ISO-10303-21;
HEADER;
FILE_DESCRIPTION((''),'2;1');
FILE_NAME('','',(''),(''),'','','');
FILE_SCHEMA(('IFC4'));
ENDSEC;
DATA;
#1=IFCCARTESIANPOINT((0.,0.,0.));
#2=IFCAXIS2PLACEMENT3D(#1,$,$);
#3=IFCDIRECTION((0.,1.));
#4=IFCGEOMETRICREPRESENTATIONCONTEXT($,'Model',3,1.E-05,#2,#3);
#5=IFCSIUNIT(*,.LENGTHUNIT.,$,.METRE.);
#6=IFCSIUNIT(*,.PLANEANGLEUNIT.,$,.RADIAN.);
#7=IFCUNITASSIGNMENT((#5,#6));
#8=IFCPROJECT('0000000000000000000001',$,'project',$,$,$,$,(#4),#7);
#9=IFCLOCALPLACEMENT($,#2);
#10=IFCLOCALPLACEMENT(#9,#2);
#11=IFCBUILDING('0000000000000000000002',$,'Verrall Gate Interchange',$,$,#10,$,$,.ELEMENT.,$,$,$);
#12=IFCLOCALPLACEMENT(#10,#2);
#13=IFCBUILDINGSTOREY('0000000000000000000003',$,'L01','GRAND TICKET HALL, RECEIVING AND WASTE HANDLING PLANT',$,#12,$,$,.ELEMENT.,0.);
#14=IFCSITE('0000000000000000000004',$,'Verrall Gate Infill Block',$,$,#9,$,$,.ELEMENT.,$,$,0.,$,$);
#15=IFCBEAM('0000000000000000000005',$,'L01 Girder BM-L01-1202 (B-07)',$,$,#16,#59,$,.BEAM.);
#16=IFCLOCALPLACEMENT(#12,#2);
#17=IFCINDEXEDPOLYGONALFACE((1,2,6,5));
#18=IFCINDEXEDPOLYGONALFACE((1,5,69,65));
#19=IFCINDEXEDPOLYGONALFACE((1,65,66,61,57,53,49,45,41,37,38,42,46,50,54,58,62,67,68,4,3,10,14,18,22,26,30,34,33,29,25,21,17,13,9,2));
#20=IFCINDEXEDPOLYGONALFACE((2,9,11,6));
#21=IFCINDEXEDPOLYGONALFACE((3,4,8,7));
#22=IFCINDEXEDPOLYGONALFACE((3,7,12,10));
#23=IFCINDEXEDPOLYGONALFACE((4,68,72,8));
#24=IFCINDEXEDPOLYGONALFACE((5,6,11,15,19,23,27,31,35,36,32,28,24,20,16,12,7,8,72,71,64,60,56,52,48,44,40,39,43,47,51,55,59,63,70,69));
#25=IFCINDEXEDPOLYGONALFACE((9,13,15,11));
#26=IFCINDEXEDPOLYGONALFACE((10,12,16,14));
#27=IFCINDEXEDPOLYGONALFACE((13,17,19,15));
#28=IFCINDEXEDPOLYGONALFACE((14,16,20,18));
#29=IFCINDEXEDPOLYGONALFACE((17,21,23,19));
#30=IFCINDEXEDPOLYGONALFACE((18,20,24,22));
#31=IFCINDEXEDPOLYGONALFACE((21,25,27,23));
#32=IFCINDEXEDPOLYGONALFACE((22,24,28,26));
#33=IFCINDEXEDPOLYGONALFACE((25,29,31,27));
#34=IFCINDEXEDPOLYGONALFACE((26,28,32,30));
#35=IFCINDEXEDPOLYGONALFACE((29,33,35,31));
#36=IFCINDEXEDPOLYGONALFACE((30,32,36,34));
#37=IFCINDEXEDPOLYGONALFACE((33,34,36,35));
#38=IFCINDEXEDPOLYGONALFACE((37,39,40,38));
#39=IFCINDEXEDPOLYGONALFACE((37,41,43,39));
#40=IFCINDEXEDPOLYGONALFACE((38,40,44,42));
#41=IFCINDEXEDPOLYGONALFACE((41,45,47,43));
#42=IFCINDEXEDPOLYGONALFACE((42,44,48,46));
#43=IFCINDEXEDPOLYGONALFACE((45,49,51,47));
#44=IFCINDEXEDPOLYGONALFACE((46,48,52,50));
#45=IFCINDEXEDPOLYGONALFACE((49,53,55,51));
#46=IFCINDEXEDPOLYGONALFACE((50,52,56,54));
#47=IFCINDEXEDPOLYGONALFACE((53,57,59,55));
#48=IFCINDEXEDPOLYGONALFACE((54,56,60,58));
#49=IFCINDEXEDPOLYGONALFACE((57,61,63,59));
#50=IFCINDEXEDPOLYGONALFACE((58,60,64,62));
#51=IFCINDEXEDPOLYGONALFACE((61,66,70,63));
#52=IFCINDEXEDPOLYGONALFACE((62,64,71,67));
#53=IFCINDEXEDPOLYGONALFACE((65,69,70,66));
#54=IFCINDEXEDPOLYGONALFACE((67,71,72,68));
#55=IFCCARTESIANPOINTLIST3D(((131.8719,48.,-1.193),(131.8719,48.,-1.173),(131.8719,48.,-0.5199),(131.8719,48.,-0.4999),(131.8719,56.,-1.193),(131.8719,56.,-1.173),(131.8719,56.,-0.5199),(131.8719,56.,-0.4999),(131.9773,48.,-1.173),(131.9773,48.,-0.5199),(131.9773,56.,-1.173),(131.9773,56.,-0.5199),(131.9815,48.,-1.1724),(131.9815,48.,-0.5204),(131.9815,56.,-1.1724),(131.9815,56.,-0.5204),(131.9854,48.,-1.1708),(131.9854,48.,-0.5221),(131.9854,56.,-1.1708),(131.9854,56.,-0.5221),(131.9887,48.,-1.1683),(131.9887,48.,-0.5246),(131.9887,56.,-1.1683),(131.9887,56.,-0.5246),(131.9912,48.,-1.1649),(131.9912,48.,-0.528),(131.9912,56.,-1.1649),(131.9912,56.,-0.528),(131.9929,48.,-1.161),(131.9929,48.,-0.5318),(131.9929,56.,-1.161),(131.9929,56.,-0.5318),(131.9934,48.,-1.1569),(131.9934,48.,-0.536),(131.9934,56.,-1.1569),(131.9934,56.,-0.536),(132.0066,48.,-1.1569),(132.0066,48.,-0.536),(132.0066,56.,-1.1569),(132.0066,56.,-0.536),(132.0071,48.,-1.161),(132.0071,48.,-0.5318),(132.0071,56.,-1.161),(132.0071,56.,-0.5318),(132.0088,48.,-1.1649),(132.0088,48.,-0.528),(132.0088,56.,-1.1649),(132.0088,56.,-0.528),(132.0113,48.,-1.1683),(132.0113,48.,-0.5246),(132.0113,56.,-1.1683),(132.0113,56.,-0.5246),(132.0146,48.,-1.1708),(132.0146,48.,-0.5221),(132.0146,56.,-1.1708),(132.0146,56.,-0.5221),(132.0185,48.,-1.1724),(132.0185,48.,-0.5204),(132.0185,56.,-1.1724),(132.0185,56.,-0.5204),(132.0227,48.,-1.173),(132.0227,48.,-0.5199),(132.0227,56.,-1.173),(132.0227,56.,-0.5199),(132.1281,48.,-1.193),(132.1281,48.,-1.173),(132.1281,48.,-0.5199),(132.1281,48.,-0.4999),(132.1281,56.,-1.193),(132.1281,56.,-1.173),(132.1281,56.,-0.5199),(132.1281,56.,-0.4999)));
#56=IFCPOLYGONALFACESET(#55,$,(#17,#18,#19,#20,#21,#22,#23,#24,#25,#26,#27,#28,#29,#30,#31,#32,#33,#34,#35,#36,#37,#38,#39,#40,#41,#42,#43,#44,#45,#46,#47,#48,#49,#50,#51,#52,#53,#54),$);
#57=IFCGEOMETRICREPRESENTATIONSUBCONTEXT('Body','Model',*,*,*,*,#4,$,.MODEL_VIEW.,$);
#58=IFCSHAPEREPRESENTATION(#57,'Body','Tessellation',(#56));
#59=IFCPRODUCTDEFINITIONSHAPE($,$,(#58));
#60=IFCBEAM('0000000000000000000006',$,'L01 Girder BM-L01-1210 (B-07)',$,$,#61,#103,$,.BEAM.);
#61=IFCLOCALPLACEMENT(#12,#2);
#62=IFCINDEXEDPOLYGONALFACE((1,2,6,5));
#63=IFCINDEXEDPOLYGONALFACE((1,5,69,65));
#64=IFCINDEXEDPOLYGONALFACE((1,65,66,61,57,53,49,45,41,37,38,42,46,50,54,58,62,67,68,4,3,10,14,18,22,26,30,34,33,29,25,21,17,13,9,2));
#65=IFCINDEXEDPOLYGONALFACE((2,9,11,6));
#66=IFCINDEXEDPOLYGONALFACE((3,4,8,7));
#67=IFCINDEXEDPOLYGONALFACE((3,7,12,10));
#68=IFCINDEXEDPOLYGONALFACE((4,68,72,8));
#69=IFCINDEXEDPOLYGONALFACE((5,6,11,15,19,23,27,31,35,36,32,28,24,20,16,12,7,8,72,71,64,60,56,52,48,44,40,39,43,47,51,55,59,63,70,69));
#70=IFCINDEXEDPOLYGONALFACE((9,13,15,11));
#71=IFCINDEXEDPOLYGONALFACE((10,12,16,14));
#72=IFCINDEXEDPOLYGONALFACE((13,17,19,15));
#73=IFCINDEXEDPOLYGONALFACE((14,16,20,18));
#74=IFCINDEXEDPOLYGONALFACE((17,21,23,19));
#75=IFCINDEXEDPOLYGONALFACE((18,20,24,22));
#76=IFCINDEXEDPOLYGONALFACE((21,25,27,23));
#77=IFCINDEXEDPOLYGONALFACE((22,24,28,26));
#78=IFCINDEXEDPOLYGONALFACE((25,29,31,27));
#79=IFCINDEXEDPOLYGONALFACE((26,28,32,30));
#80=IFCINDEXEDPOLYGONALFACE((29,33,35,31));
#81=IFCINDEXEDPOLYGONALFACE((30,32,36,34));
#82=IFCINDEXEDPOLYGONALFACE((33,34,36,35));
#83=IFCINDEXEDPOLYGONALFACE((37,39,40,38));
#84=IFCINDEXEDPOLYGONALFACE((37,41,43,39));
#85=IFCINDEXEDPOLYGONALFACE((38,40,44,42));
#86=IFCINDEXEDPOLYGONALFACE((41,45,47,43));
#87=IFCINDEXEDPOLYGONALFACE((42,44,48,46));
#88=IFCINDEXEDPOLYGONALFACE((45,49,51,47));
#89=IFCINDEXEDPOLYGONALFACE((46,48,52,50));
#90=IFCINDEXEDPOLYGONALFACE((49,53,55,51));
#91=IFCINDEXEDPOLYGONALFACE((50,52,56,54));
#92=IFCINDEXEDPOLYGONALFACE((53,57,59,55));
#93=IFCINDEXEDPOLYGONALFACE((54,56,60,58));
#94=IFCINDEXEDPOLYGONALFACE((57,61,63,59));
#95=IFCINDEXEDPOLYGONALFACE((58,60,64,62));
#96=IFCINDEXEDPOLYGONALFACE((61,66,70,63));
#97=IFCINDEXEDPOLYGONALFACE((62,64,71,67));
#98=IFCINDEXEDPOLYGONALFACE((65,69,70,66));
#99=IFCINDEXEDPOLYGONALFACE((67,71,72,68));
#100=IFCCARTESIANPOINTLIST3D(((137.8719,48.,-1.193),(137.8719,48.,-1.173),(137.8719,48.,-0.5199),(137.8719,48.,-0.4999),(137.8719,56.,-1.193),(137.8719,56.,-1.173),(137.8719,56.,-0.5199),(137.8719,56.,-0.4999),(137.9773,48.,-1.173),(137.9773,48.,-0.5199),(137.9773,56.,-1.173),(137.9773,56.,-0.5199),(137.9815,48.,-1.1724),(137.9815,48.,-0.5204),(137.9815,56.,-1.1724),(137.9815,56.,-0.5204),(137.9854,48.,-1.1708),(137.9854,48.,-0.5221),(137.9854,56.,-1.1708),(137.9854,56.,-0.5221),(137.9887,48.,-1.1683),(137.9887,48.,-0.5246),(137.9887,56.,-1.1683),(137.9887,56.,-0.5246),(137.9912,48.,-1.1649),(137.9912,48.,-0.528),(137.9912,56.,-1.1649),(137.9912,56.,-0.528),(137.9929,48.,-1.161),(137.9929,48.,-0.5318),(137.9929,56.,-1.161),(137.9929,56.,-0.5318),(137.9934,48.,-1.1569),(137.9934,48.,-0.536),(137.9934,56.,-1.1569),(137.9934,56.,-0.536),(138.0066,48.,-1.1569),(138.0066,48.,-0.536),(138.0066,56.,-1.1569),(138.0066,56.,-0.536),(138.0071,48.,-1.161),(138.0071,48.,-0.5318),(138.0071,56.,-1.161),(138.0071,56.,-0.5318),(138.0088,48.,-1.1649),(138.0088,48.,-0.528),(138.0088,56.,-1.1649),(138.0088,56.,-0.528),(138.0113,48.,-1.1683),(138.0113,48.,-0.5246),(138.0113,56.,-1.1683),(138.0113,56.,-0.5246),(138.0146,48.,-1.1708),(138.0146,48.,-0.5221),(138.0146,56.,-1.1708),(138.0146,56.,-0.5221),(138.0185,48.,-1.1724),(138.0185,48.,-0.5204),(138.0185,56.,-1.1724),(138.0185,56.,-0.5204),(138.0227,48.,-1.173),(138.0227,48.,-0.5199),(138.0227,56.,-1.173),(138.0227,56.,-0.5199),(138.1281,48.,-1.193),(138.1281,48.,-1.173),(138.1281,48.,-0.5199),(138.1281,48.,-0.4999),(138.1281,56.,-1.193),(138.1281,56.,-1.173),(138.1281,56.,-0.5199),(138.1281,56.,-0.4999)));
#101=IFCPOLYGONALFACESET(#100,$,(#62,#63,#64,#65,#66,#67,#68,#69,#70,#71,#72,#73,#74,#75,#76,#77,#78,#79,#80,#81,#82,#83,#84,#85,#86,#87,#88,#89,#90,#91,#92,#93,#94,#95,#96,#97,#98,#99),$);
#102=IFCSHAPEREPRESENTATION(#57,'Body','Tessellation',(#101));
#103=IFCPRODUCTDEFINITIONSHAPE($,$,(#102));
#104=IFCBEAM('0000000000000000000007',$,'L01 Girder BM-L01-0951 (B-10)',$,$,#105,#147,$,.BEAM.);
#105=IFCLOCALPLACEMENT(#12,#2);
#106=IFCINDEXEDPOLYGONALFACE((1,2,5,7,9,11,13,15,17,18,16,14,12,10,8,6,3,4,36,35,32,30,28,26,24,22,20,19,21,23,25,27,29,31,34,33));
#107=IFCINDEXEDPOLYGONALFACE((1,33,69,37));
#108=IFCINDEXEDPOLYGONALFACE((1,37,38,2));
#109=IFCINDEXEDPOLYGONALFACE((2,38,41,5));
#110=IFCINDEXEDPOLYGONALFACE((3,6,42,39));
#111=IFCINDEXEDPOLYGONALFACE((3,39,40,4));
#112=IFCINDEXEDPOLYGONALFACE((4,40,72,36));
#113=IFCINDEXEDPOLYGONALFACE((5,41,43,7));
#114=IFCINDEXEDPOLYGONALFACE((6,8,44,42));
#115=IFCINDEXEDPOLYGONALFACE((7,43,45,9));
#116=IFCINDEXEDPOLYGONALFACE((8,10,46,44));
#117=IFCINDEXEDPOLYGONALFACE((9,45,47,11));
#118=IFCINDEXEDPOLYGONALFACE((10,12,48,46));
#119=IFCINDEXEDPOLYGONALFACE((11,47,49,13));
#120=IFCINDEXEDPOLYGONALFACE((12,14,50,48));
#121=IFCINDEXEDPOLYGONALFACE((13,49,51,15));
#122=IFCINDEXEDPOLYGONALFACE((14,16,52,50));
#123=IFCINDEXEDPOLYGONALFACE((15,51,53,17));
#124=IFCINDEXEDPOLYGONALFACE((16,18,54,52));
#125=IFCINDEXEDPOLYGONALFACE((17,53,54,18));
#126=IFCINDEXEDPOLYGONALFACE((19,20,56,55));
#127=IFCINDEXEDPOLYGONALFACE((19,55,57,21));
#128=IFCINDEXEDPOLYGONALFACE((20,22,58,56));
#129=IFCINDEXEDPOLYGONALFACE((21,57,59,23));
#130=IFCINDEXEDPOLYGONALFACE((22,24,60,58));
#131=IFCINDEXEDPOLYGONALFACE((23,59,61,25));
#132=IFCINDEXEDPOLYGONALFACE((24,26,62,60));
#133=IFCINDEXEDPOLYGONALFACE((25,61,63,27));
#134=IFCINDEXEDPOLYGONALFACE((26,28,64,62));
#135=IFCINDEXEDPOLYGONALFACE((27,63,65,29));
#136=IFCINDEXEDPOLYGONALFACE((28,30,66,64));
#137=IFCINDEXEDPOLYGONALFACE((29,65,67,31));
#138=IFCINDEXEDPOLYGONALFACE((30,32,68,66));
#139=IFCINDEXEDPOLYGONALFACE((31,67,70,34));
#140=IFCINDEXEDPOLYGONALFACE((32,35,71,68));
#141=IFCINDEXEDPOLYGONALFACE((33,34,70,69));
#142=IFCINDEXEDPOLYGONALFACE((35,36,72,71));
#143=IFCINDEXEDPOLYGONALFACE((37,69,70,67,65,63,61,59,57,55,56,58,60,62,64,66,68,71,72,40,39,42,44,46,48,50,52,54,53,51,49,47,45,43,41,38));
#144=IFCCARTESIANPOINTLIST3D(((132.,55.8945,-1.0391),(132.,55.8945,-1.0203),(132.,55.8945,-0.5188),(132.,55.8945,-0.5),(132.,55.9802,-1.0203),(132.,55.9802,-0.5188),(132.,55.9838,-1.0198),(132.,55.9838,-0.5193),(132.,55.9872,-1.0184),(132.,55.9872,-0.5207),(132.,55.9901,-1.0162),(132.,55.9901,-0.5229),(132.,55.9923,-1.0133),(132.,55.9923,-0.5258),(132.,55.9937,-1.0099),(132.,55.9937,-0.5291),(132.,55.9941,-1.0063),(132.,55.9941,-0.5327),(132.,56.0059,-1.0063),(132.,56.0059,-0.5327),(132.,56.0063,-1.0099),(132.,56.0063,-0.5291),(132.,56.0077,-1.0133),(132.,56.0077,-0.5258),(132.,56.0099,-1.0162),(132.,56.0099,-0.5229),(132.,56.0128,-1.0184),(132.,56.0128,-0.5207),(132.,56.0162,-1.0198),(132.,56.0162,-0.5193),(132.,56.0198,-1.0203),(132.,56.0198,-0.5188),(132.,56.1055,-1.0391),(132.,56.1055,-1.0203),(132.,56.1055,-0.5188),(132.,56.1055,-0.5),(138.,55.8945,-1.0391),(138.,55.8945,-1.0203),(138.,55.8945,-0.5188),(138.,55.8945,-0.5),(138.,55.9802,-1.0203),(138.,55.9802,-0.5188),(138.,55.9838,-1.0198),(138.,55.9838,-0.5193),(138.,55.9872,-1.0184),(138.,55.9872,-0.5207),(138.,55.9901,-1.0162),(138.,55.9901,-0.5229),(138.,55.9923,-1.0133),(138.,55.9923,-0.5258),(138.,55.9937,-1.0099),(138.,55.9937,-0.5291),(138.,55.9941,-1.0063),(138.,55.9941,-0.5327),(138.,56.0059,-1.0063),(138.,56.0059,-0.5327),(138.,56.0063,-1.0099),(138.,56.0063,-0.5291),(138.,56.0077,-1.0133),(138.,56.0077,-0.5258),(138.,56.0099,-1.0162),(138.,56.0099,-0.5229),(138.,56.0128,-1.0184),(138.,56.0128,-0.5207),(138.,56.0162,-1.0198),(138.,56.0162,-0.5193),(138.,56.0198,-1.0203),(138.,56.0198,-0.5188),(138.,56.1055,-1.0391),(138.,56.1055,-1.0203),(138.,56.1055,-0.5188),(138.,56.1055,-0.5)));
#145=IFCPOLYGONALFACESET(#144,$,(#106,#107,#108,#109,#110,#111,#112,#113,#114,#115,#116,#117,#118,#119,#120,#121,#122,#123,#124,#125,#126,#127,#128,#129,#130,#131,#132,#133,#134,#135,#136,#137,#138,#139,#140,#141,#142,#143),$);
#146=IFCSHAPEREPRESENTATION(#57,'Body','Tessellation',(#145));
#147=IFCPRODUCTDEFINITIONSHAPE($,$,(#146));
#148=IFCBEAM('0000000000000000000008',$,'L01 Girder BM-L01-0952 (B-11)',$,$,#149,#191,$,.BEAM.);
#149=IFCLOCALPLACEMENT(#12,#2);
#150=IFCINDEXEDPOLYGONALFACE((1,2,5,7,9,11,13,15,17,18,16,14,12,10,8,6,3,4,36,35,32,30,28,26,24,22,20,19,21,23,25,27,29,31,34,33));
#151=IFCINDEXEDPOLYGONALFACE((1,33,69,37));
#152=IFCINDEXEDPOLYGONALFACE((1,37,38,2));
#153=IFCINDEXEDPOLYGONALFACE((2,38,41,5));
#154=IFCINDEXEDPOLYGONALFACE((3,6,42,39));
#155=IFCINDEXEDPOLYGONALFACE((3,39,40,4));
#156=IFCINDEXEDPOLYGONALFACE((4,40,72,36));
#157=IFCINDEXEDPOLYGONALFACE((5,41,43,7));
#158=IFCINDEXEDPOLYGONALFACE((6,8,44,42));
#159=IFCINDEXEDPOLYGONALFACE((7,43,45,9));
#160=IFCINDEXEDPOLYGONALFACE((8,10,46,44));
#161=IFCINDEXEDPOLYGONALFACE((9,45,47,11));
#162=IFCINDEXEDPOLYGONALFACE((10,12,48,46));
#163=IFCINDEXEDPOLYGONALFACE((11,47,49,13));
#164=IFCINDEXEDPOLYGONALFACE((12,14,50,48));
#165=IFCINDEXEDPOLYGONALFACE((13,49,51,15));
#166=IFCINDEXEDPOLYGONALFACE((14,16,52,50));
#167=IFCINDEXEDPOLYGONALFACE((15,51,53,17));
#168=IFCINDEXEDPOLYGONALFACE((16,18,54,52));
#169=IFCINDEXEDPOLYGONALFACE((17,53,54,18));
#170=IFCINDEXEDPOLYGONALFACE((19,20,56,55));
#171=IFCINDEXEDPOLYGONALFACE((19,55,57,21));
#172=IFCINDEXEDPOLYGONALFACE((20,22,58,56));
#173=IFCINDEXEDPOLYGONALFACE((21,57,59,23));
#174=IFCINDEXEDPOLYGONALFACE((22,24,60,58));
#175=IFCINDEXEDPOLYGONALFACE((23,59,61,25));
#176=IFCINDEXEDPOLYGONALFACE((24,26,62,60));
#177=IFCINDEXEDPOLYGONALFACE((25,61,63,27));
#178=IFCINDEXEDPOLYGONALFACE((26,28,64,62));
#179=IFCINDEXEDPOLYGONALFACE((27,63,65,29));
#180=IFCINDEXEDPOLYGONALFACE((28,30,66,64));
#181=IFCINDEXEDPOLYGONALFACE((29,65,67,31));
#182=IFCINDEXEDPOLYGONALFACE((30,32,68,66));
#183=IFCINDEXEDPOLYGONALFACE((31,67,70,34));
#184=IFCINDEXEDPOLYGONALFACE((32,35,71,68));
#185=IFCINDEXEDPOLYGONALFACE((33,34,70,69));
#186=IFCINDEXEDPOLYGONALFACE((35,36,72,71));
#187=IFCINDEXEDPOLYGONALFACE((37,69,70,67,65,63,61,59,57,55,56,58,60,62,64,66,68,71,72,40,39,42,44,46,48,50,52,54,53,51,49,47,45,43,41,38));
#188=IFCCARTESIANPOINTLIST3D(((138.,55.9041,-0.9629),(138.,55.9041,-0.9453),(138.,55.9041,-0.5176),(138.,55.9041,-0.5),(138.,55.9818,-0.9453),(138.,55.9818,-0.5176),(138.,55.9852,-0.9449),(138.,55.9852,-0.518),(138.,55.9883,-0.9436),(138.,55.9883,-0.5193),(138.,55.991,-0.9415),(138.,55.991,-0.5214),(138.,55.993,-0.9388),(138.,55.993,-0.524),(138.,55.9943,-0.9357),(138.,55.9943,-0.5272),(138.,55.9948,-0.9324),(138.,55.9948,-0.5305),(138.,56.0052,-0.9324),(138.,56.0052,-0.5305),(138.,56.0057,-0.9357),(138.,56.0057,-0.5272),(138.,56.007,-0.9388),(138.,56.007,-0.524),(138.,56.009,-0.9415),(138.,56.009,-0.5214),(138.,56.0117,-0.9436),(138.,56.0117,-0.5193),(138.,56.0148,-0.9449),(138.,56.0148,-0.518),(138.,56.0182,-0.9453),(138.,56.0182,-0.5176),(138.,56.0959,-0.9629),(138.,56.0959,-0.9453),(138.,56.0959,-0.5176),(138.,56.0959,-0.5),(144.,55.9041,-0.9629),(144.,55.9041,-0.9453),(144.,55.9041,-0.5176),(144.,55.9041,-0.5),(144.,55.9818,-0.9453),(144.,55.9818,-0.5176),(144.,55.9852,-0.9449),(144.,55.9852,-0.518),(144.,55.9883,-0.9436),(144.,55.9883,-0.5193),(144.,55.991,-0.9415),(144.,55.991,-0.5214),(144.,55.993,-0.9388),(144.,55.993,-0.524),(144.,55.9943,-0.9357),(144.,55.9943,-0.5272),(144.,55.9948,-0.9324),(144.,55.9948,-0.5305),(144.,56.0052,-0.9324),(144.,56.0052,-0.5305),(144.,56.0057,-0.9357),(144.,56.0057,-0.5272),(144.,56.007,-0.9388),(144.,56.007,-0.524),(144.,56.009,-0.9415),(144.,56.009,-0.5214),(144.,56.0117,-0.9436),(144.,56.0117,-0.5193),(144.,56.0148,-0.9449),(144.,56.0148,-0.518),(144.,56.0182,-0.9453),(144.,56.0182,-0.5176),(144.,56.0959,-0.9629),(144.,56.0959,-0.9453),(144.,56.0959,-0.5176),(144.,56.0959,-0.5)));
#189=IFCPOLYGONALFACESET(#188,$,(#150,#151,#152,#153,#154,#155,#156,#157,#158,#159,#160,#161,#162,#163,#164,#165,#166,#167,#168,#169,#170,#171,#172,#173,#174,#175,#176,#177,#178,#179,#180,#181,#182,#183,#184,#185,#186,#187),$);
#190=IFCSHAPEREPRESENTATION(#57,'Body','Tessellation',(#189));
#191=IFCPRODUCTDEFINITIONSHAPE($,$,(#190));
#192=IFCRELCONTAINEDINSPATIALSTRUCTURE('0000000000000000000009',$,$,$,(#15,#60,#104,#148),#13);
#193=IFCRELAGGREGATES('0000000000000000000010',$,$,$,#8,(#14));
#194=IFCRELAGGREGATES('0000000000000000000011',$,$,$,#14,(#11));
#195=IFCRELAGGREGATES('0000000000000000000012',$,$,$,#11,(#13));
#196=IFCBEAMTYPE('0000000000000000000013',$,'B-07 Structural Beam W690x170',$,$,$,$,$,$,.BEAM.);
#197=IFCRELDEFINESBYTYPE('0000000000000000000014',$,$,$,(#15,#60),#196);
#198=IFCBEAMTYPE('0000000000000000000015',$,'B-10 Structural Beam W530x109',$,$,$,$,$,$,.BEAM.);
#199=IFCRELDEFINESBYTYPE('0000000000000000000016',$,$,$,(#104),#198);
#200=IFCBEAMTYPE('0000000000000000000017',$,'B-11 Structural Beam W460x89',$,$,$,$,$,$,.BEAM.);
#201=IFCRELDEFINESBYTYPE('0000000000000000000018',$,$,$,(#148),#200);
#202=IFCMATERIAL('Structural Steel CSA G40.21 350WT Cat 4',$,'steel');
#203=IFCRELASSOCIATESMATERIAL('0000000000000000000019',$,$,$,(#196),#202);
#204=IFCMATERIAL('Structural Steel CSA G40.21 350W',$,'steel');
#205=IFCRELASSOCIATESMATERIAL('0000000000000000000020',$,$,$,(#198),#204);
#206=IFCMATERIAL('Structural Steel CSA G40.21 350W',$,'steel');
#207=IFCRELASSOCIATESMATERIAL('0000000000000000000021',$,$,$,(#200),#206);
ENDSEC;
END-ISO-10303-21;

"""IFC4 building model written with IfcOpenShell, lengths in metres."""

from ifc_helpers import new_model, si_unit, direction, frame, origin, origin_2d, place, context, subcontext, project, spatial, i_section, extrude, material, material_profile, profile_set, type_object, element, save


model = new_model("IFC4")

# Units and contexts
model_context = context("Model", 3, precision=1e-05, world=origin(), true_north=direction((0.0, 1.0)))
body_context = subcontext(model_context, "Body", "Model", "MODEL_VIEW")
ifc_project = project(units=[si_unit("LENGTHUNIT", "METRE"), si_unit("PLANEANGLEUNIT", "RADIAN")], contexts=[model_context])

# Site, building, storey
site_placement = place(None, origin())
site = spatial("IfcSite", under=ifc_project, at=site_placement, Name="Verrall Gate Infill Block", CompositionType="ELEMENT", RefElevation=0.0)
building_placement = place(site_placement, origin())
building = spatial("IfcBuilding", under=site, at=building_placement, Name="Verrall Gate Interchange", CompositionType="ELEMENT")
storey_placement = place(building_placement, origin())
storey = spatial("IfcBuildingStorey", under=building, at=storey_placement, Name="L01", Description="GRAND TICKET HALL, RECEIVING AND WASTE HANDLING PLANT", CompositionType="ELEMENT", Elevation=0.0)

# Beams
ifc_material_1 = material(Name="Structural Steel CSA G40.21 350WT Cat 4", Category="steel")
ifc_material_profile_1 = material_profile(ifc_material_1, i_section(OverallWidth=0.2561, OverallDepth=0.6931, WebThickness=0.0132, FlangeThickness=0.02, FilletRadius=0.0161, at=origin_2d()), Name="W690x170")
ifc_profile_set_1 = profile_set([ifc_material_profile_1], Name="Structural Steel CSA G40.21 350WT Cat 4")
beam_type_1 = type_object("IfcBeamType", Name="B-07 Structural Beam W690x170", PredefinedType="BEAM", material=ifc_profile_set_1)
for number, where, z_axis, x_axis, name in (
    (1, (132.0, 48.0, -0.8464), (0.0, 1.0, 0.0), (-1.0, 0.0, 0.0), "L01 Girder BM-L01-1202 (B-07)"),
    (2, (138.0, 48.0, -0.8464), (0.0, 1.0, 0.0), (-1.0, 0.0, 0.0), "L01 Girder BM-L01-1210 (B-07)"),
):
    element("IfcBeam", number, at=place(storey_placement, frame(where, z_axis=z_axis, x_axis=x_axis)), inside=storey, type_object=beam_type_1, Name=name, PredefinedType="BEAM", context=body_context, shape_type="SweptSolid", body=[
        extrude(i_section(OverallWidth=0.2561, OverallDepth=0.6931, WebThickness=0.0132, FlangeThickness=0.02, FilletRadius=0.0161, at=origin_2d()), origin(), (0.0, 0.0, 1.0), 8.0),
    ])
ifc_material_2 = material(Name="Structural Steel CSA G40.21 350W", Category="steel")
ifc_material_profile_2 = material_profile(ifc_material_2, i_section(OverallWidth=0.2109, OverallDepth=0.5391, WebThickness=0.0117, FlangeThickness=0.0188, FilletRadius=0.0139, at=origin_2d()), Name="W530x109")
ifc_profile_set_2 = profile_set([ifc_material_profile_2], Name="Structural Steel CSA G40.21 350W")
beam_type_2 = type_object("IfcBeamType", Name="B-10 Structural Beam W530x109", PredefinedType="BEAM", material=ifc_profile_set_2)
beam_1_placement = place(storey_placement, frame((132.0, 56.0, -0.7695), z_axis=(1.0, 0.0, 0.0), x_axis=(0.0, 1.0, 0.0)))
element("IfcBeam", 3, at=beam_1_placement, inside=storey, type_object=beam_type_2, Name="L01 Girder BM-L01-0951 (B-10)", PredefinedType="BEAM", context=body_context, shape_type="SweptSolid", body=[
    extrude(i_section(OverallWidth=0.2109, OverallDepth=0.5391, WebThickness=0.0117, FlangeThickness=0.0188, FilletRadius=0.0139, at=origin_2d()), origin(), (0.0, 0.0, 1.0), 6.0),
])
ifc_material_3 = material(Name="Structural Steel CSA G40.21 350W", Category="steel")
ifc_material_profile_3 = material_profile(ifc_material_3, i_section(OverallWidth=0.1919, OverallDepth=0.4629, WebThickness=0.0105, FlangeThickness=0.0176, FilletRadius=0.0129, at=origin_2d()), Name="W460x89")
ifc_profile_set_3 = profile_set([ifc_material_profile_3], Name="Structural Steel CSA G40.21 350W")
beam_type_3 = type_object("IfcBeamType", Name="B-11 Structural Beam W460x89", PredefinedType="BEAM", material=ifc_profile_set_3)
beam_2_placement = place(storey_placement, frame((138.0, 56.0, -0.7314), z_axis=(1.0, 0.0, 0.0), x_axis=(0.0, 1.0, 0.0)))
element("IfcBeam", 4, at=beam_2_placement, inside=storey, type_object=beam_type_3, Name="L01 Girder BM-L01-0952 (B-11)", PredefinedType="BEAM", context=body_context, shape_type="SweptSolid", body=[
    extrude(i_section(OverallWidth=0.1919, OverallDepth=0.4629, WebThickness=0.0105, FlangeThickness=0.0176, FilletRadius=0.0129, at=origin_2d()), origin(), (0.0, 0.0, 1.0), 6.0),
])

save(model, "model.ifc")
